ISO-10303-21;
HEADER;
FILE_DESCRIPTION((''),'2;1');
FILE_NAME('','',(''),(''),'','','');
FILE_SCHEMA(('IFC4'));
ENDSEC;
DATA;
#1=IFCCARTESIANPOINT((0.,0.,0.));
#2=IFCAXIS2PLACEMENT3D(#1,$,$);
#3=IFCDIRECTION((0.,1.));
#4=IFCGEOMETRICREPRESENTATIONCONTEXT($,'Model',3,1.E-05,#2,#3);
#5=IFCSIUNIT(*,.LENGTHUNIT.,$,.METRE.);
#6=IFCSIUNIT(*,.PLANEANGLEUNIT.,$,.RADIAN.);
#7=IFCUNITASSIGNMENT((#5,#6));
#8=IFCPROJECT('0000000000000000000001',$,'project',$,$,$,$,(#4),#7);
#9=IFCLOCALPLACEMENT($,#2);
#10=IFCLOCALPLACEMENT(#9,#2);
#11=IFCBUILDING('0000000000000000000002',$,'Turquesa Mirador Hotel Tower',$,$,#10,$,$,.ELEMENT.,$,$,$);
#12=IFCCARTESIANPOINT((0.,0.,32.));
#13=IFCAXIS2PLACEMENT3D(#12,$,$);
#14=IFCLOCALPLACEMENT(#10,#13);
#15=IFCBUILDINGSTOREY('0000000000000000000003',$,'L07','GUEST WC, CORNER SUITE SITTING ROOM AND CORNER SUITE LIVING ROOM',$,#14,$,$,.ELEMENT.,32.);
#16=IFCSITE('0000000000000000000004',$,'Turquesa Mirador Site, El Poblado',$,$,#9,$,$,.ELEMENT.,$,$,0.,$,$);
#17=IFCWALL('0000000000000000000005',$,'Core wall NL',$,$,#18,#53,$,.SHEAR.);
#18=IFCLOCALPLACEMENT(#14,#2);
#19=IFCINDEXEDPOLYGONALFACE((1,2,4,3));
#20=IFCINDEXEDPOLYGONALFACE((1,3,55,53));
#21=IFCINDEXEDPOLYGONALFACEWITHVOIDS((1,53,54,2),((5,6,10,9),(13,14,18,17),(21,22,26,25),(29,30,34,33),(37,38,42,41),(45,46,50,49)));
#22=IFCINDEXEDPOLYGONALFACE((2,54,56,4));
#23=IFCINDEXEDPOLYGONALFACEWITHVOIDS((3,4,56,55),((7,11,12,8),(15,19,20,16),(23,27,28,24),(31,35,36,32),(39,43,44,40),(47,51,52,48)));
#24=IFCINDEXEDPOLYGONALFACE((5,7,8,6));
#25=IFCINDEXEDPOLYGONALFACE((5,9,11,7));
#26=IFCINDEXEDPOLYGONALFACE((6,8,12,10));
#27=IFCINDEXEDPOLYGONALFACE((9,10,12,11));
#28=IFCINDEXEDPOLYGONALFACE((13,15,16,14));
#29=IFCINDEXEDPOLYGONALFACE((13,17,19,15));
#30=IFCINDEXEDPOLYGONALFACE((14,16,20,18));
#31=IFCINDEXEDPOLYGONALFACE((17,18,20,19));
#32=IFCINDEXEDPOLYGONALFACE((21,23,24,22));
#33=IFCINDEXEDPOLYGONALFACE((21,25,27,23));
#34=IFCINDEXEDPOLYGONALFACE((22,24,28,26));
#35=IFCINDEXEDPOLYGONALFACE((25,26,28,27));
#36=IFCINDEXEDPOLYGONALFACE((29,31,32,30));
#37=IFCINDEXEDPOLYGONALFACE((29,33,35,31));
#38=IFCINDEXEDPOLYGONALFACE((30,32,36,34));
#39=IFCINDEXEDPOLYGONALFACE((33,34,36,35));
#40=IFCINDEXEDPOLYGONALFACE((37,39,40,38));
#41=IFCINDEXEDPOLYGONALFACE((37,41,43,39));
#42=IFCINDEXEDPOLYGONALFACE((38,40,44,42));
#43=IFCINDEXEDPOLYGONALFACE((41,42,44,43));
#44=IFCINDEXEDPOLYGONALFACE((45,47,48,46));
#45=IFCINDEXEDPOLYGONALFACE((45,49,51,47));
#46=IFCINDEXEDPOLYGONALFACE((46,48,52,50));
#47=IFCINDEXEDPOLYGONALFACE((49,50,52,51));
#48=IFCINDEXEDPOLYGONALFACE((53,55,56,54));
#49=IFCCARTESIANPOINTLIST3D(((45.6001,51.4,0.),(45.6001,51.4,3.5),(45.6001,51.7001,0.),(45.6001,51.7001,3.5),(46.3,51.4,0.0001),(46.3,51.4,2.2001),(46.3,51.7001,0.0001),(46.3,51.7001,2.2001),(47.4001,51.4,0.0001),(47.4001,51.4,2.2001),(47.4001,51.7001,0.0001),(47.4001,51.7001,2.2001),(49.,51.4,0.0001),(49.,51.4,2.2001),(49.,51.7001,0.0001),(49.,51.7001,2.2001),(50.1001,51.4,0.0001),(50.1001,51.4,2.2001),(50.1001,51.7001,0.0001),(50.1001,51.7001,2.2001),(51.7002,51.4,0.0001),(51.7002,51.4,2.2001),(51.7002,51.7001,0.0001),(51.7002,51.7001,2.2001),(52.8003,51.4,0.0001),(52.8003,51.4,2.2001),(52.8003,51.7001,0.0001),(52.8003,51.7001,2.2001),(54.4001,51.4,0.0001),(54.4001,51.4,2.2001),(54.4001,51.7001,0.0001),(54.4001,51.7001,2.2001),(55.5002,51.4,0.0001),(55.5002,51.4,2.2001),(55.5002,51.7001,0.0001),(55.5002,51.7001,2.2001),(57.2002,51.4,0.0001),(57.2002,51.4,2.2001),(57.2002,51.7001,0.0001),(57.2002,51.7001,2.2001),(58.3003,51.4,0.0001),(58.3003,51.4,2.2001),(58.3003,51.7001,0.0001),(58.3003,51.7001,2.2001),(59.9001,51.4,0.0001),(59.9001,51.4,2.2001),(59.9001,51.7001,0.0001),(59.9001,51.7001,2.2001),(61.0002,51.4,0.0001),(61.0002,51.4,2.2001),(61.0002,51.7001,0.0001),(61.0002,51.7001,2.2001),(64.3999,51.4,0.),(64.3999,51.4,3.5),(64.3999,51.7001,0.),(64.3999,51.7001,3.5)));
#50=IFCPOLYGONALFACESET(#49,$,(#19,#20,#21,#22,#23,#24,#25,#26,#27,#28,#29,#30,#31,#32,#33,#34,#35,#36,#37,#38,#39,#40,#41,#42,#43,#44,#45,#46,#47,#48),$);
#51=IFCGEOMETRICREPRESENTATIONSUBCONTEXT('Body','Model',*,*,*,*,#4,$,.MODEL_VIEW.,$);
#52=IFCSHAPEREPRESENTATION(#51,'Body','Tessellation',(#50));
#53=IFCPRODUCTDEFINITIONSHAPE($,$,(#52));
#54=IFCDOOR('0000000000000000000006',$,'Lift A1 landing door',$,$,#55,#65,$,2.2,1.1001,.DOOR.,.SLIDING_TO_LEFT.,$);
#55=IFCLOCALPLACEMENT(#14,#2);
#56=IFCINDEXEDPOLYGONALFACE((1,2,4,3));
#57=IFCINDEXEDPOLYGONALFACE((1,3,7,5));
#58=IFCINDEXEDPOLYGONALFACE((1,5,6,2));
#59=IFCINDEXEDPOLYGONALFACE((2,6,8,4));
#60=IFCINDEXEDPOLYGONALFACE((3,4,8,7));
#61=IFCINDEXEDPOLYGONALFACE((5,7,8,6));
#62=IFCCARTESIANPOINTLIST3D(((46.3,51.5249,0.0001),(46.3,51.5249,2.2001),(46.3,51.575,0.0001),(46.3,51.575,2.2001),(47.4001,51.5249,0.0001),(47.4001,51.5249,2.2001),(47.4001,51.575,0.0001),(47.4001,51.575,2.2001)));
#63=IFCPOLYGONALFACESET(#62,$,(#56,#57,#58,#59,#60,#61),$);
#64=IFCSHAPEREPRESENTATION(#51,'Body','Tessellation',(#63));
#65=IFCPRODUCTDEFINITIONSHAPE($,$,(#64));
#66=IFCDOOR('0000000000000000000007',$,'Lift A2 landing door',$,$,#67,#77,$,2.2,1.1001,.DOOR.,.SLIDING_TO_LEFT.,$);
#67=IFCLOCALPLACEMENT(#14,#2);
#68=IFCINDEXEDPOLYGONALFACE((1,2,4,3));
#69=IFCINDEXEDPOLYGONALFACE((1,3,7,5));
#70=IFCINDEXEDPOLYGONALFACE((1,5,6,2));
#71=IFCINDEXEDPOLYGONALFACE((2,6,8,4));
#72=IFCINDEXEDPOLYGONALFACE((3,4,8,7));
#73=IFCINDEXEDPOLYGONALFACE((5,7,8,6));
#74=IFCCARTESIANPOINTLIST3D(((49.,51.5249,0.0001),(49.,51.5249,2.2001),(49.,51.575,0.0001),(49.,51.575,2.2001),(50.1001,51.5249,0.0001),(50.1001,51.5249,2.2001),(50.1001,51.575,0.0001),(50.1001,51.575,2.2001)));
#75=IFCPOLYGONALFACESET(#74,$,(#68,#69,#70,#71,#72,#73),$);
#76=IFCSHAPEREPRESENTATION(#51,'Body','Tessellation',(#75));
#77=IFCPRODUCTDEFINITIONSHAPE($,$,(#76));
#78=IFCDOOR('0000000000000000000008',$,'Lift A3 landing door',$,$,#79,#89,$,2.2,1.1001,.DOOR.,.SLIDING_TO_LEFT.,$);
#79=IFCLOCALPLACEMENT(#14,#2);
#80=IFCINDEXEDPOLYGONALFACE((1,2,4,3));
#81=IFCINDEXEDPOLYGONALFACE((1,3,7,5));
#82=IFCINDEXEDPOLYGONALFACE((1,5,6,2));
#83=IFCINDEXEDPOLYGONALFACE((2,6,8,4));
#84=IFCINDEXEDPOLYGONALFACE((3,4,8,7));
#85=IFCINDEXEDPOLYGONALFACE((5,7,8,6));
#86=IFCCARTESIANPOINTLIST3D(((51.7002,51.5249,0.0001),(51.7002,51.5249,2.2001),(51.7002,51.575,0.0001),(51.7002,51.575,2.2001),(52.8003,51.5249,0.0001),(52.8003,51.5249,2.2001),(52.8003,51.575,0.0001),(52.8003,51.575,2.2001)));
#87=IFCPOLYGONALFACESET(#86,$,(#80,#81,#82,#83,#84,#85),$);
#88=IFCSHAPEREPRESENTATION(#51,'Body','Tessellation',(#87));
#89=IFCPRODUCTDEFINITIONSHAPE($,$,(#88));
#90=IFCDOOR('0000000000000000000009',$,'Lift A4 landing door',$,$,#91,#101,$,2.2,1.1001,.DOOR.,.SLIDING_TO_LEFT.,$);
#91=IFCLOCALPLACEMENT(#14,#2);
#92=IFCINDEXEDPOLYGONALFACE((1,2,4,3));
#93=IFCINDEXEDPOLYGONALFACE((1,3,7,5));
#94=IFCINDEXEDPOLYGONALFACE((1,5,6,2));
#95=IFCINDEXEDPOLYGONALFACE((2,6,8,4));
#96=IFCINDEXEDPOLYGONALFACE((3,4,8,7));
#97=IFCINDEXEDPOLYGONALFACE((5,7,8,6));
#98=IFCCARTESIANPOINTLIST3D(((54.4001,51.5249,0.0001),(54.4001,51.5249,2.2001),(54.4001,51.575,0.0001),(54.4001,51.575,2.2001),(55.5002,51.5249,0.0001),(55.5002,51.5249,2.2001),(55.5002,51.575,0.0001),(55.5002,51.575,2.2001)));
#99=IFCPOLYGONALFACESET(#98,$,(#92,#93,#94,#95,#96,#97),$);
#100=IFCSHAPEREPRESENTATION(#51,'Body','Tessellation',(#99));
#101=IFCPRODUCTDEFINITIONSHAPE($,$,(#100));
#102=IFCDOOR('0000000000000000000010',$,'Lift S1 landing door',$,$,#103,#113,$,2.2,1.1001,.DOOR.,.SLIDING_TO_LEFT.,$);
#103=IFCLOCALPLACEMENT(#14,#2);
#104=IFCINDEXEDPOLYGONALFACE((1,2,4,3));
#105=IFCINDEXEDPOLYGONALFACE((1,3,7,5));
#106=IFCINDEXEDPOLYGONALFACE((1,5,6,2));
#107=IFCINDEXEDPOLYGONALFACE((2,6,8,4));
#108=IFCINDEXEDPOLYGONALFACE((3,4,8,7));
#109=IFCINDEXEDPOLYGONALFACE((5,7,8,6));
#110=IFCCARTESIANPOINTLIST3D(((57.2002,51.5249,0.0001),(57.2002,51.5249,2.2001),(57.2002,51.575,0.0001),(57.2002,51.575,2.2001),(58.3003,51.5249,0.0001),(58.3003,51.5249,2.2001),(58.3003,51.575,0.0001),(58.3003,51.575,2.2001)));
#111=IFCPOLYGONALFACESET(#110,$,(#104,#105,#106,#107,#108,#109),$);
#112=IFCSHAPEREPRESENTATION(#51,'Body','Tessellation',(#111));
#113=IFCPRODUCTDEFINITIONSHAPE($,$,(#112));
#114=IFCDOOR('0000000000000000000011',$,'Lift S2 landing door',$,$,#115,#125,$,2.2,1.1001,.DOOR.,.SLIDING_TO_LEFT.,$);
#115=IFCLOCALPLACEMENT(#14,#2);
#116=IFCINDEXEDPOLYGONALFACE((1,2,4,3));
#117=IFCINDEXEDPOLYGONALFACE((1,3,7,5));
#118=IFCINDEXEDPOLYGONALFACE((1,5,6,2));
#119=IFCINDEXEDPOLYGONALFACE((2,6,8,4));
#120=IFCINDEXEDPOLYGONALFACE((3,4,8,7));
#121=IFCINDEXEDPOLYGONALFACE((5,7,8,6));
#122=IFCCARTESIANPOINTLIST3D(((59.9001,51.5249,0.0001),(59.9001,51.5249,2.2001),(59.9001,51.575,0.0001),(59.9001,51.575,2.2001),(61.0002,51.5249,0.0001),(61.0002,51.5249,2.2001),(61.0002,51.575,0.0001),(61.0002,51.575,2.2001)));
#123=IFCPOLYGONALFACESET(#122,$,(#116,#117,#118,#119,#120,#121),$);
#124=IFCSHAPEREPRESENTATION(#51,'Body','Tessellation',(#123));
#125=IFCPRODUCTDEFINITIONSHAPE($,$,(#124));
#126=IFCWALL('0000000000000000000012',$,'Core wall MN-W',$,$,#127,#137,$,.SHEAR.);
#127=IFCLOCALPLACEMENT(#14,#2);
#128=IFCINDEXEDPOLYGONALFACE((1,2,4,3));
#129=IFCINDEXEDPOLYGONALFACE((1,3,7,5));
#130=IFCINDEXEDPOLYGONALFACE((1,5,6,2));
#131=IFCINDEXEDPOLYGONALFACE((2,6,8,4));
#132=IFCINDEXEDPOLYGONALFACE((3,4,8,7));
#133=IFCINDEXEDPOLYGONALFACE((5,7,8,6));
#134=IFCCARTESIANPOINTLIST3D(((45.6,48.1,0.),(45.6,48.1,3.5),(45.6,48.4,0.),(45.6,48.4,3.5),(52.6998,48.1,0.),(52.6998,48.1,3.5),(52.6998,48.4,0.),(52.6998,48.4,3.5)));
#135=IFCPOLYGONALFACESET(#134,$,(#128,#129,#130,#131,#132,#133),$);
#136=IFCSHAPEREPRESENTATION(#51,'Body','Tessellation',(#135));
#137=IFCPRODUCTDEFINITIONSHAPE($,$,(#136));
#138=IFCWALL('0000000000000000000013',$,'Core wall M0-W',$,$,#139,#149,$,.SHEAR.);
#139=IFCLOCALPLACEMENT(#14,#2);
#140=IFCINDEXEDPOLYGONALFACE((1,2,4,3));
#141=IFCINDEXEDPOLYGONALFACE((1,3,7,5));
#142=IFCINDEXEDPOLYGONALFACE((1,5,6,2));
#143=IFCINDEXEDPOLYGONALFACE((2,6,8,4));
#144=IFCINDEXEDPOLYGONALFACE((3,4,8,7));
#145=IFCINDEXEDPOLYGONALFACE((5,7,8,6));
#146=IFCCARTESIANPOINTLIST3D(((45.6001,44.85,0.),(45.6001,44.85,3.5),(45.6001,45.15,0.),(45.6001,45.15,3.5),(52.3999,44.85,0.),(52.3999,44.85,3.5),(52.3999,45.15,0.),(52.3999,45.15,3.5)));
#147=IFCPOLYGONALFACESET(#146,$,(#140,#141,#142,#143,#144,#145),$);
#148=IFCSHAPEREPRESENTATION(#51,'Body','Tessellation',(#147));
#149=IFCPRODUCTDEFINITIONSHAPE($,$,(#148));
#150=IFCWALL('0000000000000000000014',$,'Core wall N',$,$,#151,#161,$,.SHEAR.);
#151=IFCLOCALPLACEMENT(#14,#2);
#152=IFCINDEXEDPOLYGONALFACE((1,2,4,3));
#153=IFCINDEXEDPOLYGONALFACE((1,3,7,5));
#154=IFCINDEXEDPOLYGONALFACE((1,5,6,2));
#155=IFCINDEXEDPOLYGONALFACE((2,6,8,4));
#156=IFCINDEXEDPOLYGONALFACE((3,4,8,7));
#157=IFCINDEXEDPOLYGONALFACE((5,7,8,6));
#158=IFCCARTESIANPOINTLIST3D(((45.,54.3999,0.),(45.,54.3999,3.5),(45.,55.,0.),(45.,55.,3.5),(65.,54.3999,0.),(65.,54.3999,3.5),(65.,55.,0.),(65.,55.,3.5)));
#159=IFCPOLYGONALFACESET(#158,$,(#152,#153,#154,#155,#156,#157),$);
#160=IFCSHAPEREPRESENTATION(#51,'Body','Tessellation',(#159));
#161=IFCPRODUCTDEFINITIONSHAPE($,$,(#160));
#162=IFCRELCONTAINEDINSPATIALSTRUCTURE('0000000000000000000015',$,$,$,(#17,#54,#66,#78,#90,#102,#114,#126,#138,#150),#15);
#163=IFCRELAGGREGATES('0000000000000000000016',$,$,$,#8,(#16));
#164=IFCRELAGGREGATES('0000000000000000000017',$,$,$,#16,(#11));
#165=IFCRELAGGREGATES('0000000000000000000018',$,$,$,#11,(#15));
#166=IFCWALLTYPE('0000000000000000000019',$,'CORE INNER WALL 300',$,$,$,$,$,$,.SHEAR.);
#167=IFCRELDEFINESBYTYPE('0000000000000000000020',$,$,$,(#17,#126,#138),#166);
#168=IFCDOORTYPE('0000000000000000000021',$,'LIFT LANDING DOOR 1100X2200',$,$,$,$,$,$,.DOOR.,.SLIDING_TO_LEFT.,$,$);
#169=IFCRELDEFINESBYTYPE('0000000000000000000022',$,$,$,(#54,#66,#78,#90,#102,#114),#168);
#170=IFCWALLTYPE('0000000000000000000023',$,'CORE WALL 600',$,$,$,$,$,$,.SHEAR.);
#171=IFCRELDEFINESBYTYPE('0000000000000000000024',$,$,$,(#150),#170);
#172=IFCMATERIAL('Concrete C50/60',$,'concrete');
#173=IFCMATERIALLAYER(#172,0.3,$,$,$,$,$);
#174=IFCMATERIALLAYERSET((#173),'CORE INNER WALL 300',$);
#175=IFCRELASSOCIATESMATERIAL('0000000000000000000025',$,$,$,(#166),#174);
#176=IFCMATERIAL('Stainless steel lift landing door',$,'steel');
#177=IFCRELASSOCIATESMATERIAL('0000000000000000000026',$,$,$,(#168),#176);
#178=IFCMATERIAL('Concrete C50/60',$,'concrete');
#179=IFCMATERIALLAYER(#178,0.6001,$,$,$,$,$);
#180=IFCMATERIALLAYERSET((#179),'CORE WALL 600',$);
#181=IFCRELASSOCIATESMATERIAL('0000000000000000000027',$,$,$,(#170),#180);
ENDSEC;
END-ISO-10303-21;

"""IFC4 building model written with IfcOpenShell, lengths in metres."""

from ifc_helpers import new_model, si_unit, direction, frame, frame_2d, origin, place, context, subcontext, project, spatial, rectangle, extrude, material, layer, layer_set, type_object, element, fill, save


model = new_model("IFC4")

# Units and contexts
model_context = context("Model", 3, precision=1e-05, world=origin(), true_north=direction((0.0, 1.0)))
body_context = subcontext(model_context, "Body", "Model", "MODEL_VIEW")
ifc_project = project(units=[si_unit("LENGTHUNIT", "METRE"), si_unit("PLANEANGLEUNIT", "RADIAN")], contexts=[model_context])

# Site, building, storey
site_placement = place(None, origin())
site = spatial("IfcSite", under=ifc_project, at=site_placement, Name="Turquesa Mirador Site, El Poblado", CompositionType="ELEMENT", RefElevation=0.0)
building_placement = place(site_placement, origin())
building = spatial("IfcBuilding", under=site, at=building_placement, Name="Turquesa Mirador Hotel Tower", CompositionType="ELEMENT")
storey_placement = place(building_placement, frame((0.0, 0.0, 32.0)))
storey = spatial("IfcBuildingStorey", under=building, at=storey_placement, Name="L07", Description="GUEST WC, CORNER SUITE SITTING ROOM AND CORNER SUITE LIVING ROOM", CompositionType="ELEMENT", Elevation=32.0)

# Wall, openings, doors
ifc_material_1 = material(Name="Concrete C50/60", Category="concrete")
ifc_layer_1 = layer(ifc_material_1, 0.3)
ifc_layer_set_1 = layer_set([ifc_layer_1], Name="CORE INNER WALL 300")
wall_type_1 = type_object("IfcWallType", Name="CORE INNER WALL 300", PredefinedType="SHEAR", material=ifc_layer_set_1)
wall_1_placement = place(storey_placement, frame((45.6001, 51.55, 0.0), z_axis=(0.0, 0.0, 1.0), x_axis=(1.0, 0.0, 0.0)))
wall_1 = element("IfcWall", 1, at=wall_1_placement, inside=storey, type_object=wall_type_1, Name="Core wall NL", PredefinedType="SHEAR", context=body_context, shape_type="SweptSolid", body=[
    extrude(rectangle(XDim=18.7998, YDim=0.3, at=frame_2d((9.3999, 0.0))), origin(), (0.0, 0.0, 1.0), 3.5),
])
opening_1_placement = place(wall_1_placement, frame((0.7, 0.0, 0.0)))
opening_1 = element("IfcOpeningElement", 2, at=opening_1_placement, cuts=wall_1, PredefinedType="OPENING", context=body_context, shape_type="SweptSolid", body=[
    extrude(rectangle(XDim=1.1001, YDim=2.2, at=frame_2d((0.55, 1.1001))), frame((0.0, 0.1599, 0.0), z_axis=(0.0, -1.0, 0.0), x_axis=(1.0, 0.0, 0.0)), (0.0, 0.0, 1.0), 0.3201),
])
opening_2_placement = place(wall_1_placement, frame((3.3999, 0.0, 0.0)))
opening_2 = element("IfcOpeningElement", 3, at=opening_2_placement, cuts=wall_1, PredefinedType="OPENING", context=body_context, shape_type="SweptSolid", body=[
    extrude(rectangle(XDim=1.1001, YDim=2.2, at=frame_2d((0.55, 1.1001))), frame((0.0, 0.1599, 0.0), z_axis=(0.0, -1.0, 0.0), x_axis=(1.0, 0.0, 0.0)), (0.0, 0.0, 1.0), 0.3201),
])
opening_3_placement = place(wall_1_placement, frame((6.1001, 0.0, 0.0)))
opening_3 = element("IfcOpeningElement", 4, at=opening_3_placement, cuts=wall_1, PredefinedType="OPENING", context=body_context, shape_type="SweptSolid", body=[
    extrude(rectangle(XDim=1.1001, YDim=2.2, at=frame_2d((0.55, 1.1001))), frame((0.0, 0.1599, 0.0), z_axis=(0.0, -1.0, 0.0), x_axis=(1.0, 0.0, 0.0)), (0.0, 0.0, 1.0), 0.3201),
])
opening_4_placement = place(wall_1_placement, frame((8.8, 0.0, 0.0)))
opening_4 = element("IfcOpeningElement", 5, at=opening_4_placement, cuts=wall_1, PredefinedType="OPENING", context=body_context, shape_type="SweptSolid", body=[
    extrude(rectangle(XDim=1.1001, YDim=2.2, at=frame_2d((0.55, 1.1001))), frame((0.0, 0.1599, 0.0), z_axis=(0.0, -1.0, 0.0), x_axis=(1.0, 0.0, 0.0)), (0.0, 0.0, 1.0), 0.3201),
])
opening_5_placement = place(wall_1_placement, frame((11.6001, 0.0, 0.0)))
opening_5 = element("IfcOpeningElement", 6, at=opening_5_placement, cuts=wall_1, PredefinedType="OPENING", context=body_context, shape_type="SweptSolid", body=[
    extrude(rectangle(XDim=1.1001, YDim=2.2, at=frame_2d((0.55, 1.1001))), frame((0.0, 0.1599, 0.0), z_axis=(0.0, -1.0, 0.0), x_axis=(1.0, 0.0, 0.0)), (0.0, 0.0, 1.0), 0.3201),
])
opening_6_placement = place(wall_1_placement, frame((14.3, 0.0, 0.0)))
opening_6 = element("IfcOpeningElement", 7, at=opening_6_placement, cuts=wall_1, PredefinedType="OPENING", context=body_context, shape_type="SweptSolid", body=[
    extrude(rectangle(XDim=1.1001, YDim=2.2, at=frame_2d((0.55, 1.1001))), frame((0.0, 0.1599, 0.0), z_axis=(0.0, -1.0, 0.0), x_axis=(1.0, 0.0, 0.0)), (0.0, 0.0, 1.0), 0.3201),
])
ifc_material_2 = material(Name="Stainless steel lift landing door", Category="steel")
door_type_1 = type_object("IfcDoorType", Name="LIFT LANDING DOOR 1100X2200", OperationType="SLIDING_TO_LEFT", PredefinedType="DOOR", material=ifc_material_2)
door_1_placement = place(opening_1_placement, origin())
door_1 = element("IfcDoor", 8, at=door_1_placement, inside=storey, type_object=door_type_1, Name="Lift A1 landing door", OperationType="SLIDING_TO_LEFT", OverallHeight=2.2, OverallWidth=1.1001, PredefinedType="DOOR", context=body_context, shape_type="SweptSolid", body=[
    extrude(rectangle(XDim=1.1001, YDim=2.2, at=frame_2d((0.55, 1.1001))), frame((0.0, 0.0249, 0.0), z_axis=(0.0, -1.0, 0.0), x_axis=(1.0, 0.0, 0.0)), (0.0, 0.0, 1.0), 0.05),
])
fill(opening_1, door_1)
door_2_placement = place(opening_2_placement, origin())
door_2 = element("IfcDoor", 9, at=door_2_placement, inside=storey, type_object=door_type_1, Name="Lift A2 landing door", OperationType="SLIDING_TO_LEFT", OverallHeight=2.2, OverallWidth=1.1001, PredefinedType="DOOR", context=body_context, shape_type="SweptSolid", body=[
    extrude(rectangle(XDim=1.1001, YDim=2.2, at=frame_2d((0.55, 1.1001))), frame((0.0, 0.0249, 0.0), z_axis=(0.0, -1.0, 0.0), x_axis=(1.0, 0.0, 0.0)), (0.0, 0.0, 1.0), 0.05),
])
fill(opening_2, door_2)
door_3_placement = place(opening_3_placement, origin())
door_3 = element("IfcDoor", 10, at=door_3_placement, inside=storey, type_object=door_type_1, Name="Lift A3 landing door", OperationType="SLIDING_TO_LEFT", OverallHeight=2.2, OverallWidth=1.1001, PredefinedType="DOOR", context=body_context, shape_type="SweptSolid", body=[
    extrude(rectangle(XDim=1.1001, YDim=2.2, at=frame_2d((0.55, 1.1001))), frame((0.0, 0.0249, 0.0), z_axis=(0.0, -1.0, 0.0), x_axis=(1.0, 0.0, 0.0)), (0.0, 0.0, 1.0), 0.05),
])
fill(opening_3, door_3)
door_4_placement = place(opening_4_placement, origin())
door_4 = element("IfcDoor", 11, at=door_4_placement, inside=storey, type_object=door_type_1, Name="Lift A4 landing door", OperationType="SLIDING_TO_LEFT", OverallHeight=2.2, OverallWidth=1.1001, PredefinedType="DOOR", context=body_context, shape_type="SweptSolid", body=[
    extrude(rectangle(XDim=1.1001, YDim=2.2, at=frame_2d((0.55, 1.1001))), frame((0.0, 0.0249, 0.0), z_axis=(0.0, -1.0, 0.0), x_axis=(1.0, 0.0, 0.0)), (0.0, 0.0, 1.0), 0.05),
])
fill(opening_4, door_4)
door_5_placement = place(opening_5_placement, origin())
door_5 = element("IfcDoor", 12, at=door_5_placement, inside=storey, type_object=door_type_1, Name="Lift S1 landing door", OperationType="SLIDING_TO_LEFT", OverallHeight=2.2, OverallWidth=1.1001, PredefinedType="DOOR", context=body_context, shape_type="SweptSolid", body=[
    extrude(rectangle(XDim=1.1001, YDim=2.2, at=frame_2d((0.55, 1.1001))), frame((0.0, 0.0249, 0.0), z_axis=(0.0, -1.0, 0.0), x_axis=(1.0, 0.0, 0.0)), (0.0, 0.0, 1.0), 0.05),
])
fill(opening_5, door_5)
door_6_placement = place(opening_6_placement, origin())
door_6 = element("IfcDoor", 13, at=door_6_placement, inside=storey, type_object=door_type_1, Name="Lift S2 landing door", OperationType="SLIDING_TO_LEFT", OverallHeight=2.2, OverallWidth=1.1001, PredefinedType="DOOR", context=body_context, shape_type="SweptSolid", body=[
    extrude(rectangle(XDim=1.1001, YDim=2.2, at=frame_2d((0.55, 1.1001))), frame((0.0, 0.0249, 0.0), z_axis=(0.0, -1.0, 0.0), x_axis=(1.0, 0.0, 0.0)), (0.0, 0.0, 1.0), 0.05),
])
fill(opening_6, door_6)

# Walls
wall_2_placement = place(storey_placement, frame((45.6001, 48.25, 0.0), z_axis=(0.0, 0.0, 1.0), x_axis=(1.0, 0.0, 0.0)))
element("IfcWall", 14, at=wall_2_placement, inside=storey, type_object=wall_type_1, Name="Core wall MN-W", PredefinedType="SHEAR", context=body_context, shape_type="SweptSolid", body=[
    extrude(rectangle(XDim=7.0999, YDim=0.3, at=frame_2d((3.5498, 0.0))), origin(), (0.0, 0.0, 1.0), 3.5),
])
wall_3_placement = place(storey_placement, frame((45.6001, 45.0, 0.0), z_axis=(0.0, 0.0, 1.0), x_axis=(1.0, 0.0, 0.0)))
element("IfcWall", 15, at=wall_3_placement, inside=storey, type_object=wall_type_1, Name="Core wall M0-W", PredefinedType="SHEAR", context=body_context, shape_type="SweptSolid", body=[
    extrude(rectangle(XDim=6.7998, YDim=0.3, at=frame_2d((3.3999, 0.0))), origin(), (0.0, 0.0, 1.0), 3.5),
])
ifc_material_3 = material(Name="Concrete C50/60", Category="concrete")
ifc_layer_2 = layer(ifc_material_3, 0.6001)
ifc_layer_set_2 = layer_set([ifc_layer_2], Name="CORE WALL 600")
wall_type_2 = type_object("IfcWallType", Name="CORE WALL 600", PredefinedType="SHEAR", material=ifc_layer_set_2)
wall_4_placement = place(storey_placement, frame((45.0, 54.7, 0.0), z_axis=(0.0, 0.0, 1.0), x_axis=(1.0, 0.0, 0.0)))
element("IfcWall", 16, at=wall_4_placement, inside=storey, type_object=wall_type_2, Name="Core wall N", PredefinedType="SHEAR", context=body_context, shape_type="SweptSolid", body=[
    extrude(rectangle(XDim=20.0, YDim=0.6001, at=frame_2d((10.0, 0.0))), origin(), (0.0, 0.0, 1.0), 3.5),
])

save(model, "model.ifc")
